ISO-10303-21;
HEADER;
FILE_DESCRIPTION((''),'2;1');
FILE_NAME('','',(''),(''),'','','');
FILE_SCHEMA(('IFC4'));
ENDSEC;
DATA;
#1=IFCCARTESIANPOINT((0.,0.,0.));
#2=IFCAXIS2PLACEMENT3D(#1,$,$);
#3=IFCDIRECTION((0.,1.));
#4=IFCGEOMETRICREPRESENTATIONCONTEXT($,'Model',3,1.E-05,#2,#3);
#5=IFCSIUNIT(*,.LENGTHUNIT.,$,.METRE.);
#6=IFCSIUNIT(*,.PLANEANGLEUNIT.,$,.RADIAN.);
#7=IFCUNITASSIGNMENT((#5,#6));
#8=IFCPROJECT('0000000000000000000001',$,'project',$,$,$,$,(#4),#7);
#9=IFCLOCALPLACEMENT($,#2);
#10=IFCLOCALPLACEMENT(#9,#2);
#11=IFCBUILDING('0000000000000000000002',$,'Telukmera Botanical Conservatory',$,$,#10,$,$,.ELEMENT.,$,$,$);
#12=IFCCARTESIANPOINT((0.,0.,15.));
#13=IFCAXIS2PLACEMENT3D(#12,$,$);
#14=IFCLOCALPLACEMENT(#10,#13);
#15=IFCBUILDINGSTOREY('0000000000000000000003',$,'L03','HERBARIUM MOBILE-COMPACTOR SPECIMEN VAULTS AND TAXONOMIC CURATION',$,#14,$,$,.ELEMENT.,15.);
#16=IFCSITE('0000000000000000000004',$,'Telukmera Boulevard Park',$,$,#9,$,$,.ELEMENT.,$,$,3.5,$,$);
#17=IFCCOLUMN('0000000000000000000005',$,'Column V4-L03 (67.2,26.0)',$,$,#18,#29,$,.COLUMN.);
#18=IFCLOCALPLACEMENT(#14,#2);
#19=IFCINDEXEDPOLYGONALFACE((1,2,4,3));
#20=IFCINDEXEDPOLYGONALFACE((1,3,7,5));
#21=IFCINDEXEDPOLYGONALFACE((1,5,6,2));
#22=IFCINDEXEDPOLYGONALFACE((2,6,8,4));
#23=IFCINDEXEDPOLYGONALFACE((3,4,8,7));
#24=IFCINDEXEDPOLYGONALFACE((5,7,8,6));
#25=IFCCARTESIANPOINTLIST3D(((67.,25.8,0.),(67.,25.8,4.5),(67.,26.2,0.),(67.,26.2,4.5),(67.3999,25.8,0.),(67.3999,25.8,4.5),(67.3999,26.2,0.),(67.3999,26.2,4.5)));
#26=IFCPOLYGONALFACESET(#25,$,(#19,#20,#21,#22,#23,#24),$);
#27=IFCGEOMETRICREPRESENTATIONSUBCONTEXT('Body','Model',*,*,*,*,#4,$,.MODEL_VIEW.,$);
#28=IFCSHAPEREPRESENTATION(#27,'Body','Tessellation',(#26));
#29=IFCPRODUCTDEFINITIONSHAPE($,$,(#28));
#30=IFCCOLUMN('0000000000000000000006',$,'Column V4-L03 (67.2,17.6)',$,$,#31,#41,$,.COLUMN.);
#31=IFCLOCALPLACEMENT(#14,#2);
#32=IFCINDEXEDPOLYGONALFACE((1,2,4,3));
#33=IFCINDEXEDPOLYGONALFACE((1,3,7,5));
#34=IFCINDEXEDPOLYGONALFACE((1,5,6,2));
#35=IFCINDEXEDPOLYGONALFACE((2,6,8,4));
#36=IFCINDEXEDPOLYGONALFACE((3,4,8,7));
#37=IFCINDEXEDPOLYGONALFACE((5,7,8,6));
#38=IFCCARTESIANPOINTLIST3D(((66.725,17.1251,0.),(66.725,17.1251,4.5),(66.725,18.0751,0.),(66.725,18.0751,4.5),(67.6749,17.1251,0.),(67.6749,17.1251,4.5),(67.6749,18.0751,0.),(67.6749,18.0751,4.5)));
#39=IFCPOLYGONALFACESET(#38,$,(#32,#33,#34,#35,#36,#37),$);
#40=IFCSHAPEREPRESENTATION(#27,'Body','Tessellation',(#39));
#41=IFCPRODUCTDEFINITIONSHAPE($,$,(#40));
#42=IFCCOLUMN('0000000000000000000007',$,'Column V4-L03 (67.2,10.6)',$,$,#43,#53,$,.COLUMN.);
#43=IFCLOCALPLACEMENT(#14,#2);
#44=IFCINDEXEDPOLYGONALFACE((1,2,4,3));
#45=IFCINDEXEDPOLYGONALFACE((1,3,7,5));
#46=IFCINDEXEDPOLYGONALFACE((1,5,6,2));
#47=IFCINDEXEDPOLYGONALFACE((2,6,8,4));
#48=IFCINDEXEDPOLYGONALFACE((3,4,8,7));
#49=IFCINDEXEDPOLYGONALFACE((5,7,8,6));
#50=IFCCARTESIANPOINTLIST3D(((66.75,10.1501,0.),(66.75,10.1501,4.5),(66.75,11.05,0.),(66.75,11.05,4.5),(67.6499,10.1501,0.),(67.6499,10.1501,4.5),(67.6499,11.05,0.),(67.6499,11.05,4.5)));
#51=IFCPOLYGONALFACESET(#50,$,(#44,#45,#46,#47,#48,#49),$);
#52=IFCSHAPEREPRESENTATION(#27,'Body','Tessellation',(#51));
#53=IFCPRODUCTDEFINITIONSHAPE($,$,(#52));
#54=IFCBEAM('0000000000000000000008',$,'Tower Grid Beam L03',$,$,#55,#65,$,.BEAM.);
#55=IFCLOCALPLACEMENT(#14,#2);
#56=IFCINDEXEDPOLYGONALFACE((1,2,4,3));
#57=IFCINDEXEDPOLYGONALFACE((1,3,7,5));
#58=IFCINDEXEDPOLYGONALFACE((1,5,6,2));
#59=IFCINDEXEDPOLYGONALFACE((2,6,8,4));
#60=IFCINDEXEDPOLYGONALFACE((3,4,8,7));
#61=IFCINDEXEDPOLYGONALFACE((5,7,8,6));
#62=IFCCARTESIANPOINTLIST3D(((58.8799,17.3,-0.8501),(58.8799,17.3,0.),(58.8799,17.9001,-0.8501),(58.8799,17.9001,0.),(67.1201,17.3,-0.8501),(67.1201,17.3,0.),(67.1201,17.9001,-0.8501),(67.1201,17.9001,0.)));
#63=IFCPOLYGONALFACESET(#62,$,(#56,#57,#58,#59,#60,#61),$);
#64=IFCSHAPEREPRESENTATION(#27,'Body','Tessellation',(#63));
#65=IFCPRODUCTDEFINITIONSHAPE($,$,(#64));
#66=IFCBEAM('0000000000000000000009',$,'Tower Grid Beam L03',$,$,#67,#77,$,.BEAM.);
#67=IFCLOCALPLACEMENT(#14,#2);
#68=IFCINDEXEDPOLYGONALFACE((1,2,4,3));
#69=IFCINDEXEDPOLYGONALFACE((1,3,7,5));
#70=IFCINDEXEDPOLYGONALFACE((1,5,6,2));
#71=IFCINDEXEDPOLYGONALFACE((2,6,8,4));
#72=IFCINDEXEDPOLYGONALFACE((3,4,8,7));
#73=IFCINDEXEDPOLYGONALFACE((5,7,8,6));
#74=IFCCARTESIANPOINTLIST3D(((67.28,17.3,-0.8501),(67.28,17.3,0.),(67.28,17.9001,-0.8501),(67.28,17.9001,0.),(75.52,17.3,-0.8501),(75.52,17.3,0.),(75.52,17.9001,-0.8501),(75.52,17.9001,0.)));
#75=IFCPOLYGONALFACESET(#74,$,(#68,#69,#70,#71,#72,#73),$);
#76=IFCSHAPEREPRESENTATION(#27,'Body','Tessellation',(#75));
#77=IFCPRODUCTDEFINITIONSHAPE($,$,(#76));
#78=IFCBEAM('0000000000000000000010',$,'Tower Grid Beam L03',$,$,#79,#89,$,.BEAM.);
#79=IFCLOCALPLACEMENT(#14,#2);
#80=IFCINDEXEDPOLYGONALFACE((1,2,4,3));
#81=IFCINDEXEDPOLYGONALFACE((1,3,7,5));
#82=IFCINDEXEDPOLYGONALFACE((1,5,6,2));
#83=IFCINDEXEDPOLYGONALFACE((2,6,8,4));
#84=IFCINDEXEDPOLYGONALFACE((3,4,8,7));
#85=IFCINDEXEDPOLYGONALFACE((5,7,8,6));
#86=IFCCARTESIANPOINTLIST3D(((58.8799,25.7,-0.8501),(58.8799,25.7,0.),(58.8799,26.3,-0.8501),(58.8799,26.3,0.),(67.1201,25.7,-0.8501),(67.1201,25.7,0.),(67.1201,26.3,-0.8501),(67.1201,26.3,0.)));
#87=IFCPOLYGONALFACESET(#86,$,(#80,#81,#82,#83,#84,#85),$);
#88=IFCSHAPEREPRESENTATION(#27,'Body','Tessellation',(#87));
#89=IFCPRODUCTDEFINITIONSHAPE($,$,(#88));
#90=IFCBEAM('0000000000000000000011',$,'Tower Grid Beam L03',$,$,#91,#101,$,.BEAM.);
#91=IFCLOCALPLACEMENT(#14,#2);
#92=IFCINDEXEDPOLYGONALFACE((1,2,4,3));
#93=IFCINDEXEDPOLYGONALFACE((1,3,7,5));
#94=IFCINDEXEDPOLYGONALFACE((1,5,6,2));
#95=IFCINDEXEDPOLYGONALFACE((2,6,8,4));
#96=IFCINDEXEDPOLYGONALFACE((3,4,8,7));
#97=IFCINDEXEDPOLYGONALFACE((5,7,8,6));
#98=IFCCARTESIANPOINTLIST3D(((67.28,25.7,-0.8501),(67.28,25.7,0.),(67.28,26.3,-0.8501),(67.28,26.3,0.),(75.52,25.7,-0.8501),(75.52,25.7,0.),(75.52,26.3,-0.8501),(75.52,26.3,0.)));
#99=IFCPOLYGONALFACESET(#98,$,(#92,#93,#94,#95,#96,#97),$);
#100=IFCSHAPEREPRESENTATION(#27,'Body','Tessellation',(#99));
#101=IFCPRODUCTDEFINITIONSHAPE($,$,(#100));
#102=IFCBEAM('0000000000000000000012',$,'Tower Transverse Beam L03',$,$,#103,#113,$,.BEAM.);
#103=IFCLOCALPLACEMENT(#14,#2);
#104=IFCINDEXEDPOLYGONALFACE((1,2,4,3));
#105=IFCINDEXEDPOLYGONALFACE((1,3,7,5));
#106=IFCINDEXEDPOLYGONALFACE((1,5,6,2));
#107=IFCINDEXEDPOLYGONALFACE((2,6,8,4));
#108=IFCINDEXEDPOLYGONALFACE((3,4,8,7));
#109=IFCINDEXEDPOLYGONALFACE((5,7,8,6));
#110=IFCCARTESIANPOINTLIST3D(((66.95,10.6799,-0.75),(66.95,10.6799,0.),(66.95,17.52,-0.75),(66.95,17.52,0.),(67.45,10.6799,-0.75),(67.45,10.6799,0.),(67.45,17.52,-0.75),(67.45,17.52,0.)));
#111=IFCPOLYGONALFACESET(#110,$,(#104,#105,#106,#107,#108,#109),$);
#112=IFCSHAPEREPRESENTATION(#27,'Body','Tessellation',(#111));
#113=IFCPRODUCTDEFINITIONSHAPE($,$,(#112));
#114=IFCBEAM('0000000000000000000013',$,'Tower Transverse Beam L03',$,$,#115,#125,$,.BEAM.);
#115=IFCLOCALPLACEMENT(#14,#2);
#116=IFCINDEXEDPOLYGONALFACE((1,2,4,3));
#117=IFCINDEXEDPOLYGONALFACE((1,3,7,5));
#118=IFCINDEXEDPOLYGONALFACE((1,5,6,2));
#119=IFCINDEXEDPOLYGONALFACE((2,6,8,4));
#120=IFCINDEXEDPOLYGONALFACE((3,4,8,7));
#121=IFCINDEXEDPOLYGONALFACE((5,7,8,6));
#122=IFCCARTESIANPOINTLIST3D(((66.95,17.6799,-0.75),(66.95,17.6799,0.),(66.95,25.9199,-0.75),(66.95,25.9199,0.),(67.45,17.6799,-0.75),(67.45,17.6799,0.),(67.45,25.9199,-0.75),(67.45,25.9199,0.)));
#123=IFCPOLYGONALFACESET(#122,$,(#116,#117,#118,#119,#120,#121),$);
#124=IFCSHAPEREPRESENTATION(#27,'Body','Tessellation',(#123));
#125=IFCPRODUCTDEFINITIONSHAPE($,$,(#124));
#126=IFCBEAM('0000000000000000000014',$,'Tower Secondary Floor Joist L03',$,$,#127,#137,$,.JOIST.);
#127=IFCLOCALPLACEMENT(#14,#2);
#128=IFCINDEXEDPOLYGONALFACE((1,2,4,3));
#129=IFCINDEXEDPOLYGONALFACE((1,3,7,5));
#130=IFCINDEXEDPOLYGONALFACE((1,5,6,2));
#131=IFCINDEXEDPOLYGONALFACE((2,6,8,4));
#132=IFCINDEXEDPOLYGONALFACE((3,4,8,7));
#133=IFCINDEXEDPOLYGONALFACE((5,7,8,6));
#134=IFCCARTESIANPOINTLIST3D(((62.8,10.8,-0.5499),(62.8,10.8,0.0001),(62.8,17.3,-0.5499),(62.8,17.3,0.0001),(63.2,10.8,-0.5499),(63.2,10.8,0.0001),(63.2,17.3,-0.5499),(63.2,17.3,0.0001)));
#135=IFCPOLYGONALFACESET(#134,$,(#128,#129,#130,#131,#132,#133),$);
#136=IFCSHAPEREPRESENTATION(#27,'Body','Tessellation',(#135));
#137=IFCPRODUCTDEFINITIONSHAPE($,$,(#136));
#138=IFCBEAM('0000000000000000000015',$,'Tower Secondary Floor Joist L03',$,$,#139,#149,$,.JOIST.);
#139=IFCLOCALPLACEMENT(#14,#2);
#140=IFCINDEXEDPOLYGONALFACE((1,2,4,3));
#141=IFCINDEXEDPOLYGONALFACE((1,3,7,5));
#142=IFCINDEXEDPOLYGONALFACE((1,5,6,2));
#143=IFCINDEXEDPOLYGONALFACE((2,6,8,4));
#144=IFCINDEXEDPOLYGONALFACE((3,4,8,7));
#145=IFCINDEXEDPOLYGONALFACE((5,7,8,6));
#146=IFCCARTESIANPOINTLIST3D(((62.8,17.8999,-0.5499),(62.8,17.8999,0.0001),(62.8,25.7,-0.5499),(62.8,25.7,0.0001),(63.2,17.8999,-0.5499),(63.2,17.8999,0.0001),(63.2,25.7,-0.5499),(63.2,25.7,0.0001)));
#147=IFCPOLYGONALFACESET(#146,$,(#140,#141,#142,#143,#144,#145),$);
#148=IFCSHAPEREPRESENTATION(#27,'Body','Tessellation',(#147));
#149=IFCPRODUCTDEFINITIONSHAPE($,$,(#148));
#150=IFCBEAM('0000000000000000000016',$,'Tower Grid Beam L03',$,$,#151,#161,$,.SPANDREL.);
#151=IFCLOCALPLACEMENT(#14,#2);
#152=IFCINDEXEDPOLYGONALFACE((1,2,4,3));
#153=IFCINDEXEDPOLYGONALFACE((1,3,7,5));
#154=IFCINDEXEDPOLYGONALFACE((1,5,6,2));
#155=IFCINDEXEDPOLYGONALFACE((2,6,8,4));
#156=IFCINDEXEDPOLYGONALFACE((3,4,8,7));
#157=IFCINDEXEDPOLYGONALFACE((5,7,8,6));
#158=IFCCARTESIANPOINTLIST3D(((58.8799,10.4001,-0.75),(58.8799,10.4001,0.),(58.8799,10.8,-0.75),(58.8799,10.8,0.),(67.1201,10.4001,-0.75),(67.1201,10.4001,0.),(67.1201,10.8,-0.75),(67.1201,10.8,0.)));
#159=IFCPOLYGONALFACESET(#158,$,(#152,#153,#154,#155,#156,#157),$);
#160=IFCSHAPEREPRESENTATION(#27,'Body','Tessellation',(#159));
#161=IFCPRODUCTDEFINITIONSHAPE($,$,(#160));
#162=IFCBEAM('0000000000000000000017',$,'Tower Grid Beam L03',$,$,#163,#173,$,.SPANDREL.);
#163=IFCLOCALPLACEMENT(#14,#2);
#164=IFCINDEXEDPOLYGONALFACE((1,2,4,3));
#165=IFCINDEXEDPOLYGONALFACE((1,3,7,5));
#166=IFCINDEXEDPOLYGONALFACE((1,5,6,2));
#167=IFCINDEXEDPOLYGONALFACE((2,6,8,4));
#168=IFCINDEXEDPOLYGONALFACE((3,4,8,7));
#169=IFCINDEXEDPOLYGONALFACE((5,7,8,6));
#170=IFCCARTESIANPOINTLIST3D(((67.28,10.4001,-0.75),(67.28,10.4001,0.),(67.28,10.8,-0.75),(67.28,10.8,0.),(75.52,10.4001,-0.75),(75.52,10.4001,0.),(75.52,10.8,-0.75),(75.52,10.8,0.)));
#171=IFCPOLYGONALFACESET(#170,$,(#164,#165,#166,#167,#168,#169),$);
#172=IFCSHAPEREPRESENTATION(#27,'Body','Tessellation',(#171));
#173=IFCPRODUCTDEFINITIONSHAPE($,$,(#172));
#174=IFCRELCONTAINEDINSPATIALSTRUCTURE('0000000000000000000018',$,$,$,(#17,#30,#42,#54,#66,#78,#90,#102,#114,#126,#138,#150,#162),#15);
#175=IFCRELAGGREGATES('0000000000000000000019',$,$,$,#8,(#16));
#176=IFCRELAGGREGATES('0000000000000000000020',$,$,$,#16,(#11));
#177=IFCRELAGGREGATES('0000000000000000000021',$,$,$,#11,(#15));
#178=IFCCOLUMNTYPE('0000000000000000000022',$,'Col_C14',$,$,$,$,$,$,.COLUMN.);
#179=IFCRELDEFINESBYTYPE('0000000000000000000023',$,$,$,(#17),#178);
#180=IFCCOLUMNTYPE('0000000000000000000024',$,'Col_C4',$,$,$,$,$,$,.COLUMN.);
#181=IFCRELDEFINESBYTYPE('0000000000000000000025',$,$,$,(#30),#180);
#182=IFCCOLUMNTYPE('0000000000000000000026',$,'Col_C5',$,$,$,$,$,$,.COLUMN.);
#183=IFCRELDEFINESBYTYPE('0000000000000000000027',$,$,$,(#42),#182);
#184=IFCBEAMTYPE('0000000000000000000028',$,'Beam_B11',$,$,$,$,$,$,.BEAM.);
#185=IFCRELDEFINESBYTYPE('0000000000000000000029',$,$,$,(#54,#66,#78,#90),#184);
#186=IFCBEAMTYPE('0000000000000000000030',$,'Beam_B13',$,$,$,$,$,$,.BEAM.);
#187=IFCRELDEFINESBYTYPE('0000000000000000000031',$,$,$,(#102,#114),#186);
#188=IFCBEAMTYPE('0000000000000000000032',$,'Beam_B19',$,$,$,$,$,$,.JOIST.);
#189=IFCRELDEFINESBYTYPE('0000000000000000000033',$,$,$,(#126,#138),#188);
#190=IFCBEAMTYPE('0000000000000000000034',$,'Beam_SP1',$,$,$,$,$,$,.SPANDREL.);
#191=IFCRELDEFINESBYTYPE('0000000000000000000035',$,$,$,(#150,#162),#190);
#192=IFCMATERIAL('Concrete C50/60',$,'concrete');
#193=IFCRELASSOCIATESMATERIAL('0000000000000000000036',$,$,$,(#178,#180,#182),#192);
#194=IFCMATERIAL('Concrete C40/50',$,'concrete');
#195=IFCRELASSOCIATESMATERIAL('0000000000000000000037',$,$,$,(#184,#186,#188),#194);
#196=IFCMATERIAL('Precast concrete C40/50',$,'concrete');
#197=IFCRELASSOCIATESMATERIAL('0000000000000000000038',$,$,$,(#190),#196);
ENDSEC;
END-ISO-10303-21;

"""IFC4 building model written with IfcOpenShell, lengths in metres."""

from ifc_helpers import new_model, si_unit, direction, frame, origin, origin_2d, place, context, subcontext, project, spatial, rectangle, extrude, material, material_profile, profile_set, type_object, element, save


model = new_model("IFC4")

# Units and contexts
model_context = context("Model", 3, precision=1e-05, world=origin(), true_north=direction((0.0, 1.0)))
body_context = subcontext(model_context, "Body", "Model", "MODEL_VIEW")
ifc_project = project(units=[si_unit("LENGTHUNIT", "METRE"), si_unit("PLANEANGLEUNIT", "RADIAN")], contexts=[model_context])

# Site, building, storey
site_placement = place(None, origin())
site = spatial("IfcSite", under=ifc_project, at=site_placement, Name="Telukmera Boulevard Park", CompositionType="ELEMENT", RefElevation=3.5)
building_placement = place(site_placement, origin())
building = spatial("IfcBuilding", under=site, at=building_placement, Name="Telukmera Botanical Conservatory", CompositionType="ELEMENT")
storey_placement = place(building_placement, frame((0.0, 0.0, 15.0)))
storey = spatial("IfcBuildingStorey", under=building, at=storey_placement, Name="L03", Description="HERBARIUM MOBILE-COMPACTOR SPECIMEN VAULTS AND TAXONOMIC CURATION", CompositionType="ELEMENT", Elevation=15.0)

# Columns
ifc_material_1 = material(Name="Concrete C50/60", Category="concrete")
ifc_material_profile_1 = material_profile(ifc_material_1, rectangle(XDim=0.3999, YDim=0.3999, at=origin_2d()), Name="RC 400x400")
ifc_profile_set_1 = profile_set([ifc_material_profile_1], Name="Concrete C50/60")
column_type_1 = type_object("IfcColumnType", Name="Col_C14", PredefinedType="COLUMN", material=ifc_profile_set_1)
column_1_placement = place(storey_placement, frame((67.2, 26.0, 0.0), z_axis=(0.0, 0.0, 1.0), x_axis=(1.0, 0.0, 0.0)))
element("IfcColumn", 1, at=column_1_placement, inside=storey, type_object=column_type_1, Name="Column V4-L03 (67.2,26.0)", PredefinedType="COLUMN", context=body_context, shape_type="SweptSolid", body=[
    extrude(rectangle(XDim=0.3999, YDim=0.3999, at=origin_2d()), origin(), (0.0, 0.0, 1.0), 4.5),
])
ifc_material_profile_2 = material_profile(ifc_material_1, rectangle(XDim=0.95, YDim=0.95, at=origin_2d()), Name="RC 950x950")
ifc_profile_set_2 = profile_set([ifc_material_profile_2], Name="Concrete C50/60")
column_type_2 = type_object("IfcColumnType", Name="Col_C4", PredefinedType="COLUMN", material=ifc_profile_set_2)
column_2_placement = place(storey_placement, frame((67.2, 17.6001, 0.0), z_axis=(0.0, 0.0, 1.0), x_axis=(1.0, 0.0, 0.0)))
element("IfcColumn", 2, at=column_2_placement, inside=storey, type_object=column_type_2, Name="Column V4-L03 (67.2,17.6)", PredefinedType="COLUMN", context=body_context, shape_type="SweptSolid", body=[
    extrude(rectangle(XDim=0.95, YDim=0.95, at=origin_2d()), origin(), (0.0, 0.0, 1.0), 4.5),
])
ifc_material_profile_3 = material_profile(ifc_material_1, rectangle(XDim=0.8999, YDim=0.8999, at=origin_2d()), Name="RC 900x900")
ifc_profile_set_3 = profile_set([ifc_material_profile_3], Name="Concrete C50/60")
column_type_3 = type_object("IfcColumnType", Name="Col_C5", PredefinedType="COLUMN", material=ifc_profile_set_3)
column_3_placement = place(storey_placement, frame((67.2, 10.6001, 0.0), z_axis=(0.0, 0.0, 1.0), x_axis=(1.0, 0.0, 0.0)))
element("IfcColumn", 3, at=column_3_placement, inside=storey, type_object=column_type_3, Name="Column V4-L03 (67.2,10.6)", PredefinedType="COLUMN", context=body_context, shape_type="SweptSolid", body=[
    extrude(rectangle(XDim=0.8999, YDim=0.8999, at=origin_2d()), origin(), (0.0, 0.0, 1.0), 4.5),
])

# Beams
ifc_material_2 = material(Name="Concrete C40/50", Category="concrete")
ifc_material_profile_4 = material_profile(ifc_material_2, rectangle(XDim=0.6001, YDim=0.8501, at=origin_2d()), Name="RC 600x850")
ifc_profile_set_4 = profile_set([ifc_material_profile_4], Name="Concrete C40/50")
beam_type_1 = type_object("IfcBeamType", Name="Beam_B11", PredefinedType="BEAM", material=ifc_profile_set_4)
beam_1_placement = place(storey_placement, frame((58.8799, 17.6001, -0.425), z_axis=(1.0, 0.0, 0.0), x_axis=(0.0, 1.0, 0.0)))
element("IfcBeam", 4, at=beam_1_placement, inside=storey, type_object=beam_type_1, Name="Tower Grid Beam L03", PredefinedType="BEAM", context=body_context, shape_type="SweptSolid", body=[
    extrude(rectangle(XDim=0.6001, YDim=0.8501, at=origin_2d()), origin(), (0.0, 0.0, 1.0), 8.2402),
])
beam_2_placement = place(storey_placement, frame((67.28, 17.6001, -0.425), z_axis=(1.0, 0.0, 0.0), x_axis=(0.0, 1.0, 0.0)))
element("IfcBeam", 5, at=beam_2_placement, inside=storey, type_object=beam_type_1, Name="Tower Grid Beam L03", PredefinedType="BEAM", context=body_context, shape_type="SweptSolid", body=[
    extrude(rectangle(XDim=0.6001, YDim=0.8501, at=origin_2d()), origin(), (0.0, 0.0, 1.0), 8.24),
])
beam_3_placement = place(storey_placement, frame((58.8799, 26.0, -0.425), z_axis=(1.0, 0.0, 0.0), x_axis=(0.0, 1.0, 0.0)))
element("IfcBeam", 6, at=beam_3_placement, inside=storey, type_object=beam_type_1, Name="Tower Grid Beam L03", PredefinedType="BEAM", context=body_context, shape_type="SweptSolid", body=[
    extrude(rectangle(XDim=0.6001, YDim=0.8501, at=origin_2d()), origin(), (0.0, 0.0, 1.0), 8.2402),
])
beam_4_placement = place(storey_placement, frame((67.28, 26.0, -0.425), z_axis=(1.0, 0.0, 0.0), x_axis=(0.0, 1.0, 0.0)))
element("IfcBeam", 7, at=beam_4_placement, inside=storey, type_object=beam_type_1, Name="Tower Grid Beam L03", PredefinedType="BEAM", context=body_context, shape_type="SweptSolid", body=[
    extrude(rectangle(XDim=0.6001, YDim=0.8501, at=origin_2d()), origin(), (0.0, 0.0, 1.0), 8.24),
])
ifc_material_profile_5 = material_profile(ifc_material_2, rectangle(XDim=0.5, YDim=0.75, at=origin_2d()), Name="RC 500x750")
ifc_profile_set_5 = profile_set([ifc_material_profile_5], Name="Concrete C40/50")
beam_type_2 = type_object("IfcBeamType", Name="Beam_B13", PredefinedType="BEAM", material=ifc_profile_set_5)
beam_5_placement = place(storey_placement, frame((67.2, 10.6799, -0.375), z_axis=(0.0, 1.0, 0.0), x_axis=(-1.0, 0.0, 0.0)))
element("IfcBeam", 8, at=beam_5_placement, inside=storey, type_object=beam_type_2, Name="Tower Transverse Beam L03", PredefinedType="BEAM", context=body_context, shape_type="SweptSolid", body=[
    extrude(rectangle(XDim=0.5, YDim=0.75, at=origin_2d()), origin(), (0.0, 0.0, 1.0), 6.8401),
])
beam_6_placement = place(storey_placement, frame((67.2, 17.6799, -0.375), z_axis=(0.0, 1.0, 0.0), x_axis=(-1.0, 0.0, 0.0)))
element("IfcBeam", 9, at=beam_6_placement, inside=storey, type_object=beam_type_2, Name="Tower Transverse Beam L03", PredefinedType="BEAM", context=body_context, shape_type="SweptSolid", body=[
    extrude(rectangle(XDim=0.5, YDim=0.75, at=origin_2d()), origin(), (0.0, 0.0, 1.0), 8.24),
])
ifc_material_profile_6 = material_profile(ifc_material_2, rectangle(XDim=0.3999, YDim=0.55, at=origin_2d()), Name="RC 400x550")
ifc_profile_set_6 = profile_set([ifc_material_profile_6], Name="Concrete C40/50")
beam_type_3 = type_object("IfcBeamType", Name="Beam_B19", PredefinedType="JOIST", material=ifc_profile_set_6)
beam_7_placement = place(storey_placement, frame((63.0, 10.8, -0.2749), z_axis=(0.0, 1.0, 0.0), x_axis=(-1.0, 0.0, 0.0)))
element("IfcBeam", 10, at=beam_7_placement, inside=storey, type_object=beam_type_3, Name="Tower Secondary Floor Joist L03", PredefinedType="JOIST", context=body_context, shape_type="SweptSolid", body=[
    extrude(rectangle(XDim=0.3999, YDim=0.55, at=origin_2d()), origin(), (0.0, 0.0, 1.0), 6.5),
])
beam_8_placement = place(storey_placement, frame((63.0, 17.8999, -0.2749), z_axis=(0.0, 1.0, 0.0), x_axis=(-1.0, 0.0, 0.0)))
element("IfcBeam", 11, at=beam_8_placement, inside=storey, type_object=beam_type_3, Name="Tower Secondary Floor Joist L03", PredefinedType="JOIST", context=body_context, shape_type="SweptSolid", body=[
    extrude(rectangle(XDim=0.3999, YDim=0.55, at=origin_2d()), origin(), (0.0, 0.0, 1.0), 7.8),
])
ifc_material_3 = material(Name="Precast concrete C40/50", Category="concrete")
ifc_material_profile_7 = material_profile(ifc_material_3, rectangle(XDim=0.3999, YDim=0.75, at=origin_2d()), Name="PC 400x750")
ifc_profile_set_7 = profile_set([ifc_material_profile_7], Name="Precast concrete C40/50")
beam_type_4 = type_object("IfcBeamType", Name="Beam_SP1", PredefinedType="SPANDREL", material=ifc_profile_set_7)
beam_9_placement = place(storey_placement, frame((58.8799, 10.6001, -0.375), z_axis=(1.0, 0.0, 0.0), x_axis=(0.0, 1.0, 0.0)))
element("IfcBeam", 12, at=beam_9_placement, inside=storey, type_object=beam_type_4, Name="Tower Grid Beam L03", PredefinedType="SPANDREL", context=body_context, shape_type="SweptSolid", body=[
    extrude(rectangle(XDim=0.3999, YDim=0.75, at=origin_2d()), origin(), (0.0, 0.0, 1.0), 8.2402),
])
beam_10_placement = place(storey_placement, frame((67.28, 10.6001, -0.375), z_axis=(1.0, 0.0, 0.0), x_axis=(0.0, 1.0, 0.0)))
element("IfcBeam", 13, at=beam_10_placement, inside=storey, type_object=beam_type_4, Name="Tower Grid Beam L03", PredefinedType="SPANDREL", context=body_context, shape_type="SweptSolid", body=[
    extrude(rectangle(XDim=0.3999, YDim=0.75, at=origin_2d()), origin(), (0.0, 0.0, 1.0), 8.24),
])

save(model, "model.ifc")
